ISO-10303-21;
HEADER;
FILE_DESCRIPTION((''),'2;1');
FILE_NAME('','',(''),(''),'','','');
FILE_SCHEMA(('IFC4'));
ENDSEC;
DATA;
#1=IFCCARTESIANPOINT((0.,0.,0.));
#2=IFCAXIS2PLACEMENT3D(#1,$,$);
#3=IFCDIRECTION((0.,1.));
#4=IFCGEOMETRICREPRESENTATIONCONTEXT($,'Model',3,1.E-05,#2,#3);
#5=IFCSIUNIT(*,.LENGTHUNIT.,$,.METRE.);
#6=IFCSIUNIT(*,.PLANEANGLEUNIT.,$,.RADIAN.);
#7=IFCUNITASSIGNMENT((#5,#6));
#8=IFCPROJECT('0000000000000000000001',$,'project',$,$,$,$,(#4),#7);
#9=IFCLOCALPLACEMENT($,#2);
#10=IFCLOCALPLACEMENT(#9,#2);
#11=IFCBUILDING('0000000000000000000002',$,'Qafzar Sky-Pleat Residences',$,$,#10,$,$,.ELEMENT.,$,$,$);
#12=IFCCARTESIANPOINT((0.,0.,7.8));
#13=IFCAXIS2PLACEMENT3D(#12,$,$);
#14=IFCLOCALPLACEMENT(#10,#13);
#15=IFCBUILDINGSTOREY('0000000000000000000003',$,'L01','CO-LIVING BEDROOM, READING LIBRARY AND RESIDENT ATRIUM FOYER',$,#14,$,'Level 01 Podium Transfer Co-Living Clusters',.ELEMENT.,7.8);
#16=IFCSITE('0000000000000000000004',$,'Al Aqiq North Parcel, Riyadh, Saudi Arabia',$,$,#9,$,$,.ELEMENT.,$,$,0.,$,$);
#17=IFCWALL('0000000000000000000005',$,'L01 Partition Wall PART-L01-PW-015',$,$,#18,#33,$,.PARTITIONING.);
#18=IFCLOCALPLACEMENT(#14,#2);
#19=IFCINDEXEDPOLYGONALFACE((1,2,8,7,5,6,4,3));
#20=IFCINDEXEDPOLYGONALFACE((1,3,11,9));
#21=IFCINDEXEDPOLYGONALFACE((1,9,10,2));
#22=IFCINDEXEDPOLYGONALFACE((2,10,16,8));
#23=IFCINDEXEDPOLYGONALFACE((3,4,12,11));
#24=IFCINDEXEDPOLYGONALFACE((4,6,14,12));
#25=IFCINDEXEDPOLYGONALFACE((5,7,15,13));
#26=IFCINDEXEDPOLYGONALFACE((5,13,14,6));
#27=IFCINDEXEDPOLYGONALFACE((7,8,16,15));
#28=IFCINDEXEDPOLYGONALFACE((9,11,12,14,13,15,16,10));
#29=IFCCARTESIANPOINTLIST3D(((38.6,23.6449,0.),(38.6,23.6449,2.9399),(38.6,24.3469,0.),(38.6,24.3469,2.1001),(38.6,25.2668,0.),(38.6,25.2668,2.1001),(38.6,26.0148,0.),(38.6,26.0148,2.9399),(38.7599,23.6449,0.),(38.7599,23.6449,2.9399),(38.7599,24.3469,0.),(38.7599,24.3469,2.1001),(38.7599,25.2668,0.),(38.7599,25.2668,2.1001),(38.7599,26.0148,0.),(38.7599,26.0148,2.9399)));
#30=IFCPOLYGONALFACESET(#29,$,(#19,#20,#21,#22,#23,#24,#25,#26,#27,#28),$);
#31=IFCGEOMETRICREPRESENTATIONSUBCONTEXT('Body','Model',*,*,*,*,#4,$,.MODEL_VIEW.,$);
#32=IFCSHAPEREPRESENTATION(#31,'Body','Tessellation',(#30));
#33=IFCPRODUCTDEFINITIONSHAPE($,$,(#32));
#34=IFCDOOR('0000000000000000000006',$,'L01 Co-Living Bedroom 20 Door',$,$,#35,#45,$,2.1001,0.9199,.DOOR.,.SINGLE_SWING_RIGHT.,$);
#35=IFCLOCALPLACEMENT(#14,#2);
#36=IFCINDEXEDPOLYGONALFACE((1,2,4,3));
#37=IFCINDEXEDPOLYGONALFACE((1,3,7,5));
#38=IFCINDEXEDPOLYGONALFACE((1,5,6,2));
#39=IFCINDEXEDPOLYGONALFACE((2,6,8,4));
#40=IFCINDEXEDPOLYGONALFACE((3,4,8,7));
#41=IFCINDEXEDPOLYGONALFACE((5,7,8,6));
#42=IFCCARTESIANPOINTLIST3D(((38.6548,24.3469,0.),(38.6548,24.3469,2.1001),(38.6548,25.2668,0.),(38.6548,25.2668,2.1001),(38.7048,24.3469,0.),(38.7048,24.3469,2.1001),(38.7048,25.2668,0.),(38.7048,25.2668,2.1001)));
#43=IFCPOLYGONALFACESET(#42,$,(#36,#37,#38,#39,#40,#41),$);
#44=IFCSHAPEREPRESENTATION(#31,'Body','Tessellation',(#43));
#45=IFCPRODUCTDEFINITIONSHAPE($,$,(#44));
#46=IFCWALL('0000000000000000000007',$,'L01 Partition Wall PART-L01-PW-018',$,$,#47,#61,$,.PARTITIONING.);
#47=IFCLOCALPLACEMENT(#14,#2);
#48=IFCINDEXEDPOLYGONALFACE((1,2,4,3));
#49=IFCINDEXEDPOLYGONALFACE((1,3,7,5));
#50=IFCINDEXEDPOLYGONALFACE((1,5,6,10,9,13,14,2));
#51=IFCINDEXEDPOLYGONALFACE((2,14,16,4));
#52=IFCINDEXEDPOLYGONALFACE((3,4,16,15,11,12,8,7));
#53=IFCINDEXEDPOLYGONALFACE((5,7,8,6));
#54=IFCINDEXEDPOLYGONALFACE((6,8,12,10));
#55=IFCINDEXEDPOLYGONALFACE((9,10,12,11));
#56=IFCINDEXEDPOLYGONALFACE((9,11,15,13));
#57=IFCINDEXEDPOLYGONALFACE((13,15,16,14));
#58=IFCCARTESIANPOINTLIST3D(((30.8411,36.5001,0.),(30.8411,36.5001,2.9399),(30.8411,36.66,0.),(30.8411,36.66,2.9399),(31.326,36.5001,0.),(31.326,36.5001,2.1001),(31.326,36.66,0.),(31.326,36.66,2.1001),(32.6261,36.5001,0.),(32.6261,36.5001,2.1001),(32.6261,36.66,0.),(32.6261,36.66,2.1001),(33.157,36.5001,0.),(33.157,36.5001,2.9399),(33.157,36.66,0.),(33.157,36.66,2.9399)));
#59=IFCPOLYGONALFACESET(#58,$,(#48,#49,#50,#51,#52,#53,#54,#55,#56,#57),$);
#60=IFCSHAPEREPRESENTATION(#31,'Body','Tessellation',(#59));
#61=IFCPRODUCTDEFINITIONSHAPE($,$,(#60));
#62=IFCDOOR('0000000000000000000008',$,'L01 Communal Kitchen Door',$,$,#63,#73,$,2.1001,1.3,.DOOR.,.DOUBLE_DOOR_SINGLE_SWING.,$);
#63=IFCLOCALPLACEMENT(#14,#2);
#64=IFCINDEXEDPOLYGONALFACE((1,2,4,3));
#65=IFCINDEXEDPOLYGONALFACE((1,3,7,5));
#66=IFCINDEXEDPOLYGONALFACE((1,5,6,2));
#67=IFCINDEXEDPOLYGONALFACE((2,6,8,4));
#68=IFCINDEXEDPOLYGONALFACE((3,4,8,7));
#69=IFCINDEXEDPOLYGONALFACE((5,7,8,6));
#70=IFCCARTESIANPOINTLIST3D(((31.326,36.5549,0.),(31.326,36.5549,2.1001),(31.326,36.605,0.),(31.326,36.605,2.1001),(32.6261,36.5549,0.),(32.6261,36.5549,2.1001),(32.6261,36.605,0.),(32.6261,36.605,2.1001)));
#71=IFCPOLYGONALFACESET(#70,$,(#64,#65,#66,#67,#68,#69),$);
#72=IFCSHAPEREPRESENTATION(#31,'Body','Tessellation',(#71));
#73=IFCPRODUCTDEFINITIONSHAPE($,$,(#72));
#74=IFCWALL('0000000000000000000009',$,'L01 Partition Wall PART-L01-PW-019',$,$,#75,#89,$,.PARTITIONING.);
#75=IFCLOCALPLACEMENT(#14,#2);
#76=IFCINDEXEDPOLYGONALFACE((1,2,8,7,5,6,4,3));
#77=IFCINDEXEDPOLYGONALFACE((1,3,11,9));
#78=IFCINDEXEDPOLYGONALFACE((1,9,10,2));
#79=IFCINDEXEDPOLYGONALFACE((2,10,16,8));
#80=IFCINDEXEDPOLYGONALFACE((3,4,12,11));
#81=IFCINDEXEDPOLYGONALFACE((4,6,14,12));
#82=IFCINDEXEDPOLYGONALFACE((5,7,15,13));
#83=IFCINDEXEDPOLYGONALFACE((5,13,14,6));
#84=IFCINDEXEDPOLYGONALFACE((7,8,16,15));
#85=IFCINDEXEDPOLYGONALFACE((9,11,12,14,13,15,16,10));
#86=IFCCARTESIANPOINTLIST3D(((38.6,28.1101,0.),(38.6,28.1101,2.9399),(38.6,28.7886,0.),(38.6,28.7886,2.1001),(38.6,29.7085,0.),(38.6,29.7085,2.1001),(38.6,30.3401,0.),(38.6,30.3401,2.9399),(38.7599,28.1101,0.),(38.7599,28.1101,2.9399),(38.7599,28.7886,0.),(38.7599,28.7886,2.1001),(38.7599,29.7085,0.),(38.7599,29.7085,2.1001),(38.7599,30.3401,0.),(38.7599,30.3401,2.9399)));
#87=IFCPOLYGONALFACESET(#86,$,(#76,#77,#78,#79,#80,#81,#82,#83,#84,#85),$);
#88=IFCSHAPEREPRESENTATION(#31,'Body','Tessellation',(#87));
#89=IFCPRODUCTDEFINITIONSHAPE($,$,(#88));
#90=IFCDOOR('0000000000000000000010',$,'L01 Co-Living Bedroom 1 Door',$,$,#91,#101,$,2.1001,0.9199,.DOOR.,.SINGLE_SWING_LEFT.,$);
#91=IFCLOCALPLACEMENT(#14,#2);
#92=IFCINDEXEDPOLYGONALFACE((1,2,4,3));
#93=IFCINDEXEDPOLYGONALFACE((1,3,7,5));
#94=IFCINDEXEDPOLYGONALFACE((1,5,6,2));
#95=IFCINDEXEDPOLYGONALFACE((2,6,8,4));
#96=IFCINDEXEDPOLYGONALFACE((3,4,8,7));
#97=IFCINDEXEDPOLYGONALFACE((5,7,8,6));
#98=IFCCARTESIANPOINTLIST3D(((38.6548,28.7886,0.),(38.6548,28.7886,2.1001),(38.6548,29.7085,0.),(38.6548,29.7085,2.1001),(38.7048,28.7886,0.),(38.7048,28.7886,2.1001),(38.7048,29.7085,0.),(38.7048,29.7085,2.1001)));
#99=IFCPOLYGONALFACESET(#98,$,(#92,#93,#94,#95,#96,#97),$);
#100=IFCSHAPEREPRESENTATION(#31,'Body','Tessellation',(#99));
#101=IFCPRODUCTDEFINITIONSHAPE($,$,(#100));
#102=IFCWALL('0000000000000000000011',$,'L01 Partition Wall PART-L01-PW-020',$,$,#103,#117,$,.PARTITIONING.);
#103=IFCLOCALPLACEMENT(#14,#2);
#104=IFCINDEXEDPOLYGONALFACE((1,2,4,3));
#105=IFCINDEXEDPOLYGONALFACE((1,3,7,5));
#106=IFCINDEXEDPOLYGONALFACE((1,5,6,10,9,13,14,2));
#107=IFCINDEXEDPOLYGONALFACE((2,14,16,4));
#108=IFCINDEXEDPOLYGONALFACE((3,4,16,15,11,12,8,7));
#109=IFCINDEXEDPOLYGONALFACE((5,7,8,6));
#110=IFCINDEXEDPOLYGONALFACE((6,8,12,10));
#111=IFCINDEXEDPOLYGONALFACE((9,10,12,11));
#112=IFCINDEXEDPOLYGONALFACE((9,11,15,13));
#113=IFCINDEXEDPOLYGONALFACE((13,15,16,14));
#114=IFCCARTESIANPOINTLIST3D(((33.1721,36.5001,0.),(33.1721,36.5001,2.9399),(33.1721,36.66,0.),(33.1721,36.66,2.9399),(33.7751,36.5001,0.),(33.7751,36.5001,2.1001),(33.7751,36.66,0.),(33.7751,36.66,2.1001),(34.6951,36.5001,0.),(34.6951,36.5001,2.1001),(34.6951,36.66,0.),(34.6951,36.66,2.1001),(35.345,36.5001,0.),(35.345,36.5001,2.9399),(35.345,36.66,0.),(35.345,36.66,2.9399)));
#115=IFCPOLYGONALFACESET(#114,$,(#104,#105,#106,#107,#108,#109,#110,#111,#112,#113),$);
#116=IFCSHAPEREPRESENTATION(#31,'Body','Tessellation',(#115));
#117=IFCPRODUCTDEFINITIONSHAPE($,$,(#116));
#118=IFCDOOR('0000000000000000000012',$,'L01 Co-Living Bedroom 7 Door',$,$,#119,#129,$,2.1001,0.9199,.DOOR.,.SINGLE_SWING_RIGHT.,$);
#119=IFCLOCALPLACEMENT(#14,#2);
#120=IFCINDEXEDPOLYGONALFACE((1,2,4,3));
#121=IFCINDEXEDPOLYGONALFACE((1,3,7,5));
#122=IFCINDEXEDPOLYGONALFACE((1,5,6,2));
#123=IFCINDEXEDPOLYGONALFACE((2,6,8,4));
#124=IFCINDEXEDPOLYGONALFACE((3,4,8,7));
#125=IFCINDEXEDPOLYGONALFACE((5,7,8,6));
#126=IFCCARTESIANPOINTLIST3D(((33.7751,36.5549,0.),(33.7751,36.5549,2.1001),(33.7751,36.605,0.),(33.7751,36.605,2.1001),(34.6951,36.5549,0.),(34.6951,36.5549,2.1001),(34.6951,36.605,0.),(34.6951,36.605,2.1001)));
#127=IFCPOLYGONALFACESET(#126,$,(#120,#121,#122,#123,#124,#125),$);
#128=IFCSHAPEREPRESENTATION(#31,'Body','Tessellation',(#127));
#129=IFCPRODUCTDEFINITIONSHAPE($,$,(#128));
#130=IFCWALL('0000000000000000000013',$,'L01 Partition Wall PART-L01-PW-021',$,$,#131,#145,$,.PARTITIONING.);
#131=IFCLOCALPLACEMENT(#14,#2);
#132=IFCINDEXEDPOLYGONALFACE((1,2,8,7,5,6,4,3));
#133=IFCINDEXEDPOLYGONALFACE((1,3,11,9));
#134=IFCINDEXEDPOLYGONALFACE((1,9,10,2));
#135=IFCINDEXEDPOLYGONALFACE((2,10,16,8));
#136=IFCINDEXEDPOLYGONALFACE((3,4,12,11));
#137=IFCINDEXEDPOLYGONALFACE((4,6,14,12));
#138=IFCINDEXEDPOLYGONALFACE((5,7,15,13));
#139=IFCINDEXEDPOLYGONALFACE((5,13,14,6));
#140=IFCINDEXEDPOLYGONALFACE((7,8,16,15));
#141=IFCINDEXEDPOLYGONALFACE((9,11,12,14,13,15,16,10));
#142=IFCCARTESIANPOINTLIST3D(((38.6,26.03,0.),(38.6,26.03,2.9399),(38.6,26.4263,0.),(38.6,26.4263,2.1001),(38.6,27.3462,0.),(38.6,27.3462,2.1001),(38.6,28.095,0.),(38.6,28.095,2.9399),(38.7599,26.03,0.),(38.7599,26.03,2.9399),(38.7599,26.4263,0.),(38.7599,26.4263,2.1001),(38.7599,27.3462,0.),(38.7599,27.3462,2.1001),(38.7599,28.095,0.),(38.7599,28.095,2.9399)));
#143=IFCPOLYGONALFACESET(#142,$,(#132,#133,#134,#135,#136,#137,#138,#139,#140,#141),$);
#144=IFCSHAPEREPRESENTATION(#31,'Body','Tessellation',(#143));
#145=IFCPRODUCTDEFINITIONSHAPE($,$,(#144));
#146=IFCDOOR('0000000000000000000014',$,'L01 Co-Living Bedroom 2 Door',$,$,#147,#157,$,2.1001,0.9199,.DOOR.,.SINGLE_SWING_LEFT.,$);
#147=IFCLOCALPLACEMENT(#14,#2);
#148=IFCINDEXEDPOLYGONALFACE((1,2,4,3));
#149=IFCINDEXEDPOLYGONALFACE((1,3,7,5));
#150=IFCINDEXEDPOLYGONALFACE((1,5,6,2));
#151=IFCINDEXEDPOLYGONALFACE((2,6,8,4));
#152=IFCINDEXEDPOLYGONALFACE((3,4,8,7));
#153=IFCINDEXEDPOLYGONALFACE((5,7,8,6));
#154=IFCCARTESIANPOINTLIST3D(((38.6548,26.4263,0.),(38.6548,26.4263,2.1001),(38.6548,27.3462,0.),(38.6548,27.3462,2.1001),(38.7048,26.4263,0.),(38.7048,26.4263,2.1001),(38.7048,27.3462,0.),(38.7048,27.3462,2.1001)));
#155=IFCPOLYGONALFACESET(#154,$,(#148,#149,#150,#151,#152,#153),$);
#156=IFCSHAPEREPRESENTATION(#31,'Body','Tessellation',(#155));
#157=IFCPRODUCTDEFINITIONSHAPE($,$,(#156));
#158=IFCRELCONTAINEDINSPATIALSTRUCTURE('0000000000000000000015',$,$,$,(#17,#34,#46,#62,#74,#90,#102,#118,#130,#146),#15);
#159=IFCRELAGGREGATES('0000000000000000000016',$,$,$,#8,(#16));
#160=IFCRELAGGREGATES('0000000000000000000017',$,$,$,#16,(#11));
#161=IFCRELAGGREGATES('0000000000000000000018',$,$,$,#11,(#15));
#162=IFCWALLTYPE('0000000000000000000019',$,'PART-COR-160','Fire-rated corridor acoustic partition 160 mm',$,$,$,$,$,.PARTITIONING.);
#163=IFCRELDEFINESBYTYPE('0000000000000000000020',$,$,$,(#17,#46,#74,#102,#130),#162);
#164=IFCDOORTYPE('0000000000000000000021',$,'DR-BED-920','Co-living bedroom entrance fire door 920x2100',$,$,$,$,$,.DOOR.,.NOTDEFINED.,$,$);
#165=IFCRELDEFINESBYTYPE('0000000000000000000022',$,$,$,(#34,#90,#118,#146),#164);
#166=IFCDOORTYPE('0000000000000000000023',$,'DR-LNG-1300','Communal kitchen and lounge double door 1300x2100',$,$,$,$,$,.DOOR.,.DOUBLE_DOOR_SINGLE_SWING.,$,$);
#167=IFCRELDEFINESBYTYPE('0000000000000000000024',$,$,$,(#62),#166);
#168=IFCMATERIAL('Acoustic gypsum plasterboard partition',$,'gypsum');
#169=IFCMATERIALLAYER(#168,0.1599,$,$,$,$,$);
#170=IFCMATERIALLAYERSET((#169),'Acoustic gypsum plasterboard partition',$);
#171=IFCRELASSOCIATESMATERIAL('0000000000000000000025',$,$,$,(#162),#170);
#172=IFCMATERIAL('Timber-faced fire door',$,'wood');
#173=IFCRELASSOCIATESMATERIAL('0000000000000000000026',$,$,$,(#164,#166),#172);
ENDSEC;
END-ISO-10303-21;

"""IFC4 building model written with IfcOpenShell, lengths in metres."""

from ifc_helpers import new_model, si_unit, direction, frame, frame_2d, origin, place, context, subcontext, project, spatial, rectangle, extrude, source, transform, mapped, material, layer, layer_set, type_object, element, fill, save


model = new_model("IFC4")

# Units and contexts
model_context = context("Model", 3, precision=1e-05, world=origin(), true_north=direction((0.0, 1.0)))
body_context = subcontext(model_context, "Body", "Model", "MODEL_VIEW")
ifc_project = project(units=[si_unit("LENGTHUNIT", "METRE"), si_unit("PLANEANGLEUNIT", "RADIAN")], contexts=[model_context])

# Site, building, storey
site_placement = place(None, origin())
site = spatial("IfcSite", under=ifc_project, at=site_placement, Name="Al Aqiq North Parcel, Riyadh, Saudi Arabia", CompositionType="ELEMENT", RefElevation=0.0)
building_placement = place(site_placement, origin())
building = spatial("IfcBuilding", under=site, at=building_placement, Name="Qafzar Sky-Pleat Residences", CompositionType="ELEMENT")
storey_placement = place(building_placement, frame((0.0, 0.0, 7.8)))
storey = spatial("IfcBuildingStorey", under=building, at=storey_placement, Name="L01", Description="CO-LIVING BEDROOM, READING LIBRARY AND RESIDENT ATRIUM FOYER", LongName="Level 01 Podium Transfer Co-Living Clusters", CompositionType="ELEMENT", Elevation=7.8)

# Walls, openings, doors
ifc_material_1 = material(Name="Acoustic gypsum plasterboard partition", Category="gypsum")
ifc_layer_1 = layer(ifc_material_1, 0.1599)
ifc_layer_set_1 = layer_set([ifc_layer_1], Name="Acoustic gypsum plasterboard partition")
wall_type_1 = type_object("IfcWallType", Name="PART-COR-160", Description="Fire-rated corridor acoustic partition 160 mm", PredefinedType="PARTITIONING", material=ifc_layer_set_1)
wall_1_placement = place(storey_placement, frame((38.6799, 26.0149, 0.0), z_axis=(0.0, 0.0, 1.0), x_axis=(0.0, -1.0, 0.0)))
wall_1 = element("IfcWall", 1, at=wall_1_placement, inside=storey, type_object=wall_type_1, Name="L01 Partition Wall PART-L01-PW-015", PredefinedType="PARTITIONING", context=body_context, shape_type="SweptSolid", body=[
    extrude(rectangle(XDim=2.3699, YDim=0.1599, at=frame_2d((1.1851, 0.0))), origin(), (0.0, 0.0, 1.0), 2.9399),
])
opening_1_placement = place(wall_1_placement, frame((0.748, 0.0, 0.0)))
opening_1 = element("IfcOpeningElement", 2, at=opening_1_placement, cuts=wall_1, PredefinedType="OPENING", context=body_context, shape_type="SweptSolid", body=[
    extrude(rectangle(XDim=0.9199, YDim=2.1001, at=frame_2d((0.46, 1.05))), frame((0.0, 0.0898, 0.0), z_axis=(0.0, -1.0, 0.0), x_axis=(1.0, 0.0, 0.0)), (0.0, 0.0, 1.0), 0.1799),
])
ifc_material_2 = material(Name="Timber-faced fire door", Category="wood")
door_type_1 = type_object("IfcDoorType", Name="DR-BED-920", Description="Co-living bedroom entrance fire door 920x2100", OperationType="NOTDEFINED", PredefinedType="DOOR", material=ifc_material_2)
shared_shape_1 = source(origin(), body_context, "Body", "SweptSolid", [
    extrude(rectangle(XDim=0.9199, YDim=2.1001, at=frame_2d((0.46, 1.05))), frame((0.0, 0.0249, 0.0), z_axis=(0.0, -1.0, 0.0), x_axis=(1.0, 0.0, 0.0)), (0.0, 0.0, 1.0), 0.05),
])
door_1_placement = place(opening_1_placement, origin())
door_1 = element("IfcDoor", 3, at=door_1_placement, inside=storey, type_object=door_type_1, Name="L01 Co-Living Bedroom 20 Door", OperationType="SINGLE_SWING_RIGHT", OverallHeight=2.1001, OverallWidth=0.9199, PredefinedType="DOOR", context=body_context, shape_type="MappedRepresentation", body=[
    mapped(shared_shape_1, transform((0.0, 0.0, 0.0), x_axis=(1.0, 0.0, 0.0), y_axis=(0.0, 1.0, 0.0), z_axis=(0.0, 0.0, 1.0), scale=1.0)),
])
fill(opening_1, door_1)
wall_2_placement = place(storey_placement, frame((30.8411, 36.5801, 0.0), z_axis=(0.0, 0.0, 1.0), x_axis=(1.0, 0.0, 0.0)))
wall_2 = element("IfcWall", 4, at=wall_2_placement, inside=storey, type_object=wall_type_1, Name="L01 Partition Wall PART-L01-PW-018", PredefinedType="PARTITIONING", context=body_context, shape_type="SweptSolid", body=[
    extrude(rectangle(XDim=2.3159, YDim=0.1599, at=frame_2d((1.158, 0.0))), origin(), (0.0, 0.0, 1.0), 2.9399),
])
opening_2_placement = place(wall_2_placement, frame((0.4851, 0.0, 0.0)))
opening_2 = element("IfcOpeningElement", 5, at=opening_2_placement, cuts=wall_2, PredefinedType="OPENING", context=body_context, shape_type="SweptSolid", body=[
    extrude(rectangle(XDim=1.3, YDim=2.1001, at=frame_2d((0.6499, 1.05))), frame((0.0, 0.0898, 0.0), z_axis=(0.0, -1.0, 0.0), x_axis=(1.0, 0.0, 0.0)), (0.0, 0.0, 1.0), 0.1799),
])
door_type_2 = type_object("IfcDoorType", Name="DR-LNG-1300", Description="Communal kitchen and lounge double door 1300x2100", OperationType="DOUBLE_DOOR_SINGLE_SWING", PredefinedType="DOOR", material=ifc_material_2)
shared_shape_2 = source(origin(), body_context, "Body", "SweptSolid", [
    extrude(rectangle(XDim=1.3, YDim=2.1001, at=frame_2d((0.6499, 1.05))), frame((0.0, 0.0249, 0.0), z_axis=(0.0, -1.0, 0.0), x_axis=(1.0, 0.0, 0.0)), (0.0, 0.0, 1.0), 0.05),
])
door_2_placement = place(opening_2_placement, origin())
door_2 = element("IfcDoor", 6, at=door_2_placement, inside=storey, type_object=door_type_2, Name="L01 Communal Kitchen Door", OperationType="DOUBLE_DOOR_SINGLE_SWING", OverallHeight=2.1001, OverallWidth=1.3, PredefinedType="DOOR", context=body_context, shape_type="MappedRepresentation", body=[
    mapped(shared_shape_2, transform((0.0, 0.0, 0.0), x_axis=(1.0, 0.0, 0.0), y_axis=(0.0, 1.0, 0.0), z_axis=(0.0, 0.0, 1.0), scale=1.0)),
])
fill(opening_2, door_2)
wall_3_placement = place(storey_placement, frame((38.6799, 30.3401, 0.0), z_axis=(0.0, 0.0, 1.0), x_axis=(0.0, -1.0, 0.0)))
wall_3 = element("IfcWall", 7, at=wall_3_placement, inside=storey, type_object=wall_type_1, Name="L01 Partition Wall PART-L01-PW-019", PredefinedType="PARTITIONING", context=body_context, shape_type="SweptSolid", body=[
    extrude(rectangle(XDim=2.23, YDim=0.1599, at=frame_2d((1.115, 0.0))), origin(), (0.0, 0.0, 1.0), 2.9399),
])
opening_3_placement = place(wall_3_placement, frame((0.6316, 0.0, 0.0)))
opening_3 = element("IfcOpeningElement", 8, at=opening_3_placement, cuts=wall_3, PredefinedType="OPENING", context=body_context, shape_type="SweptSolid", body=[
    extrude(rectangle(XDim=0.9199, YDim=2.1001, at=frame_2d((0.46, 1.05))), frame((0.0, 0.0898, 0.0), z_axis=(0.0, -1.0, 0.0), x_axis=(1.0, 0.0, 0.0)), (0.0, 0.0, 1.0), 0.1799),
])
door_3_placement = place(opening_3_placement, origin())
door_3 = element("IfcDoor", 9, at=door_3_placement, inside=storey, type_object=door_type_1, Name="L01 Co-Living Bedroom 1 Door", OperationType="SINGLE_SWING_LEFT", OverallHeight=2.1001, OverallWidth=0.9199, PredefinedType="DOOR", context=body_context, shape_type="MappedRepresentation", body=[
    mapped(shared_shape_1, transform((0.0, 0.0, 0.0), x_axis=(1.0, 0.0, 0.0), y_axis=(0.0, 1.0, 0.0), z_axis=(0.0, 0.0, 1.0), scale=1.0)),
])
fill(opening_3, door_3)
wall_4_placement = place(storey_placement, frame((33.1721, 36.5801, 0.0), z_axis=(0.0, 0.0, 1.0), x_axis=(1.0, 0.0, 0.0)))
wall_4 = element("IfcWall", 10, at=wall_4_placement, inside=storey, type_object=wall_type_1, Name="L01 Partition Wall PART-L01-PW-020", PredefinedType="PARTITIONING", context=body_context, shape_type="SweptSolid", body=[
    extrude(rectangle(XDim=2.1729, YDim=0.1599, at=frame_2d((1.0864, 0.0))), origin(), (0.0, 0.0, 1.0), 2.9399),
])
opening_4_placement = place(wall_4_placement, frame((0.603, 0.0, 0.0)))
opening_4 = element("IfcOpeningElement", 11, at=opening_4_placement, cuts=wall_4, PredefinedType="OPENING", context=body_context, shape_type="SweptSolid", body=[
    extrude(rectangle(XDim=0.9199, YDim=2.1001, at=frame_2d((0.46, 1.05))), frame((0.0, 0.0898, 0.0), z_axis=(0.0, -1.0, 0.0), x_axis=(1.0, 0.0, 0.0)), (0.0, 0.0, 1.0), 0.1799),
])
door_4_placement = place(opening_4_placement, origin())
door_4 = element("IfcDoor", 12, at=door_4_placement, inside=storey, type_object=door_type_1, Name="L01 Co-Living Bedroom 7 Door", OperationType="SINGLE_SWING_RIGHT", OverallHeight=2.1001, OverallWidth=0.9199, PredefinedType="DOOR", context=body_context, shape_type="MappedRepresentation", body=[
    mapped(shared_shape_1, transform((0.0, 0.0, 0.0), x_axis=(1.0, 0.0, 0.0), y_axis=(0.0, 1.0, 0.0), z_axis=(0.0, 0.0, 1.0), scale=1.0)),
])
fill(opening_4, door_4)
wall_5_placement = place(storey_placement, frame((38.6799, 28.095, 0.0), z_axis=(0.0, 0.0, 1.0), x_axis=(0.0, -1.0, 0.0)))
wall_5 = element("IfcWall", 13, at=wall_5_placement, inside=storey, type_object=wall_type_1, Name="L01 Partition Wall PART-L01-PW-021", PredefinedType="PARTITIONING", context=body_context, shape_type="SweptSolid", body=[
    extrude(rectangle(XDim=2.0649, YDim=0.1599, at=frame_2d((1.0325, 0.0))), origin(), (0.0, 0.0, 1.0), 2.9399),
])
opening_5_placement = place(wall_5_placement, frame((0.7488, 0.0, 0.0)))
opening_5 = element("IfcOpeningElement", 14, at=opening_5_placement, cuts=wall_5, PredefinedType="OPENING", context=body_context, shape_type="SweptSolid", body=[
    extrude(rectangle(XDim=0.9199, YDim=2.1001, at=frame_2d((0.46, 1.05))), frame((0.0, 0.0898, 0.0), z_axis=(0.0, -1.0, 0.0), x_axis=(1.0, 0.0, 0.0)), (0.0, 0.0, 1.0), 0.1799),
])
door_5_placement = place(opening_5_placement, origin())
door_5 = element("IfcDoor", 15, at=door_5_placement, inside=storey, type_object=door_type_1, Name="L01 Co-Living Bedroom 2 Door", OperationType="SINGLE_SWING_LEFT", OverallHeight=2.1001, OverallWidth=0.9199, PredefinedType="DOOR", context=body_context, shape_type="MappedRepresentation", body=[
    mapped(shared_shape_1, transform((0.0, 0.0, 0.0), x_axis=(1.0, 0.0, 0.0), y_axis=(0.0, 1.0, 0.0), z_axis=(0.0, 0.0, 1.0), scale=1.0)),
])
fill(opening_5, door_5)

save(model, "model.ifc")
